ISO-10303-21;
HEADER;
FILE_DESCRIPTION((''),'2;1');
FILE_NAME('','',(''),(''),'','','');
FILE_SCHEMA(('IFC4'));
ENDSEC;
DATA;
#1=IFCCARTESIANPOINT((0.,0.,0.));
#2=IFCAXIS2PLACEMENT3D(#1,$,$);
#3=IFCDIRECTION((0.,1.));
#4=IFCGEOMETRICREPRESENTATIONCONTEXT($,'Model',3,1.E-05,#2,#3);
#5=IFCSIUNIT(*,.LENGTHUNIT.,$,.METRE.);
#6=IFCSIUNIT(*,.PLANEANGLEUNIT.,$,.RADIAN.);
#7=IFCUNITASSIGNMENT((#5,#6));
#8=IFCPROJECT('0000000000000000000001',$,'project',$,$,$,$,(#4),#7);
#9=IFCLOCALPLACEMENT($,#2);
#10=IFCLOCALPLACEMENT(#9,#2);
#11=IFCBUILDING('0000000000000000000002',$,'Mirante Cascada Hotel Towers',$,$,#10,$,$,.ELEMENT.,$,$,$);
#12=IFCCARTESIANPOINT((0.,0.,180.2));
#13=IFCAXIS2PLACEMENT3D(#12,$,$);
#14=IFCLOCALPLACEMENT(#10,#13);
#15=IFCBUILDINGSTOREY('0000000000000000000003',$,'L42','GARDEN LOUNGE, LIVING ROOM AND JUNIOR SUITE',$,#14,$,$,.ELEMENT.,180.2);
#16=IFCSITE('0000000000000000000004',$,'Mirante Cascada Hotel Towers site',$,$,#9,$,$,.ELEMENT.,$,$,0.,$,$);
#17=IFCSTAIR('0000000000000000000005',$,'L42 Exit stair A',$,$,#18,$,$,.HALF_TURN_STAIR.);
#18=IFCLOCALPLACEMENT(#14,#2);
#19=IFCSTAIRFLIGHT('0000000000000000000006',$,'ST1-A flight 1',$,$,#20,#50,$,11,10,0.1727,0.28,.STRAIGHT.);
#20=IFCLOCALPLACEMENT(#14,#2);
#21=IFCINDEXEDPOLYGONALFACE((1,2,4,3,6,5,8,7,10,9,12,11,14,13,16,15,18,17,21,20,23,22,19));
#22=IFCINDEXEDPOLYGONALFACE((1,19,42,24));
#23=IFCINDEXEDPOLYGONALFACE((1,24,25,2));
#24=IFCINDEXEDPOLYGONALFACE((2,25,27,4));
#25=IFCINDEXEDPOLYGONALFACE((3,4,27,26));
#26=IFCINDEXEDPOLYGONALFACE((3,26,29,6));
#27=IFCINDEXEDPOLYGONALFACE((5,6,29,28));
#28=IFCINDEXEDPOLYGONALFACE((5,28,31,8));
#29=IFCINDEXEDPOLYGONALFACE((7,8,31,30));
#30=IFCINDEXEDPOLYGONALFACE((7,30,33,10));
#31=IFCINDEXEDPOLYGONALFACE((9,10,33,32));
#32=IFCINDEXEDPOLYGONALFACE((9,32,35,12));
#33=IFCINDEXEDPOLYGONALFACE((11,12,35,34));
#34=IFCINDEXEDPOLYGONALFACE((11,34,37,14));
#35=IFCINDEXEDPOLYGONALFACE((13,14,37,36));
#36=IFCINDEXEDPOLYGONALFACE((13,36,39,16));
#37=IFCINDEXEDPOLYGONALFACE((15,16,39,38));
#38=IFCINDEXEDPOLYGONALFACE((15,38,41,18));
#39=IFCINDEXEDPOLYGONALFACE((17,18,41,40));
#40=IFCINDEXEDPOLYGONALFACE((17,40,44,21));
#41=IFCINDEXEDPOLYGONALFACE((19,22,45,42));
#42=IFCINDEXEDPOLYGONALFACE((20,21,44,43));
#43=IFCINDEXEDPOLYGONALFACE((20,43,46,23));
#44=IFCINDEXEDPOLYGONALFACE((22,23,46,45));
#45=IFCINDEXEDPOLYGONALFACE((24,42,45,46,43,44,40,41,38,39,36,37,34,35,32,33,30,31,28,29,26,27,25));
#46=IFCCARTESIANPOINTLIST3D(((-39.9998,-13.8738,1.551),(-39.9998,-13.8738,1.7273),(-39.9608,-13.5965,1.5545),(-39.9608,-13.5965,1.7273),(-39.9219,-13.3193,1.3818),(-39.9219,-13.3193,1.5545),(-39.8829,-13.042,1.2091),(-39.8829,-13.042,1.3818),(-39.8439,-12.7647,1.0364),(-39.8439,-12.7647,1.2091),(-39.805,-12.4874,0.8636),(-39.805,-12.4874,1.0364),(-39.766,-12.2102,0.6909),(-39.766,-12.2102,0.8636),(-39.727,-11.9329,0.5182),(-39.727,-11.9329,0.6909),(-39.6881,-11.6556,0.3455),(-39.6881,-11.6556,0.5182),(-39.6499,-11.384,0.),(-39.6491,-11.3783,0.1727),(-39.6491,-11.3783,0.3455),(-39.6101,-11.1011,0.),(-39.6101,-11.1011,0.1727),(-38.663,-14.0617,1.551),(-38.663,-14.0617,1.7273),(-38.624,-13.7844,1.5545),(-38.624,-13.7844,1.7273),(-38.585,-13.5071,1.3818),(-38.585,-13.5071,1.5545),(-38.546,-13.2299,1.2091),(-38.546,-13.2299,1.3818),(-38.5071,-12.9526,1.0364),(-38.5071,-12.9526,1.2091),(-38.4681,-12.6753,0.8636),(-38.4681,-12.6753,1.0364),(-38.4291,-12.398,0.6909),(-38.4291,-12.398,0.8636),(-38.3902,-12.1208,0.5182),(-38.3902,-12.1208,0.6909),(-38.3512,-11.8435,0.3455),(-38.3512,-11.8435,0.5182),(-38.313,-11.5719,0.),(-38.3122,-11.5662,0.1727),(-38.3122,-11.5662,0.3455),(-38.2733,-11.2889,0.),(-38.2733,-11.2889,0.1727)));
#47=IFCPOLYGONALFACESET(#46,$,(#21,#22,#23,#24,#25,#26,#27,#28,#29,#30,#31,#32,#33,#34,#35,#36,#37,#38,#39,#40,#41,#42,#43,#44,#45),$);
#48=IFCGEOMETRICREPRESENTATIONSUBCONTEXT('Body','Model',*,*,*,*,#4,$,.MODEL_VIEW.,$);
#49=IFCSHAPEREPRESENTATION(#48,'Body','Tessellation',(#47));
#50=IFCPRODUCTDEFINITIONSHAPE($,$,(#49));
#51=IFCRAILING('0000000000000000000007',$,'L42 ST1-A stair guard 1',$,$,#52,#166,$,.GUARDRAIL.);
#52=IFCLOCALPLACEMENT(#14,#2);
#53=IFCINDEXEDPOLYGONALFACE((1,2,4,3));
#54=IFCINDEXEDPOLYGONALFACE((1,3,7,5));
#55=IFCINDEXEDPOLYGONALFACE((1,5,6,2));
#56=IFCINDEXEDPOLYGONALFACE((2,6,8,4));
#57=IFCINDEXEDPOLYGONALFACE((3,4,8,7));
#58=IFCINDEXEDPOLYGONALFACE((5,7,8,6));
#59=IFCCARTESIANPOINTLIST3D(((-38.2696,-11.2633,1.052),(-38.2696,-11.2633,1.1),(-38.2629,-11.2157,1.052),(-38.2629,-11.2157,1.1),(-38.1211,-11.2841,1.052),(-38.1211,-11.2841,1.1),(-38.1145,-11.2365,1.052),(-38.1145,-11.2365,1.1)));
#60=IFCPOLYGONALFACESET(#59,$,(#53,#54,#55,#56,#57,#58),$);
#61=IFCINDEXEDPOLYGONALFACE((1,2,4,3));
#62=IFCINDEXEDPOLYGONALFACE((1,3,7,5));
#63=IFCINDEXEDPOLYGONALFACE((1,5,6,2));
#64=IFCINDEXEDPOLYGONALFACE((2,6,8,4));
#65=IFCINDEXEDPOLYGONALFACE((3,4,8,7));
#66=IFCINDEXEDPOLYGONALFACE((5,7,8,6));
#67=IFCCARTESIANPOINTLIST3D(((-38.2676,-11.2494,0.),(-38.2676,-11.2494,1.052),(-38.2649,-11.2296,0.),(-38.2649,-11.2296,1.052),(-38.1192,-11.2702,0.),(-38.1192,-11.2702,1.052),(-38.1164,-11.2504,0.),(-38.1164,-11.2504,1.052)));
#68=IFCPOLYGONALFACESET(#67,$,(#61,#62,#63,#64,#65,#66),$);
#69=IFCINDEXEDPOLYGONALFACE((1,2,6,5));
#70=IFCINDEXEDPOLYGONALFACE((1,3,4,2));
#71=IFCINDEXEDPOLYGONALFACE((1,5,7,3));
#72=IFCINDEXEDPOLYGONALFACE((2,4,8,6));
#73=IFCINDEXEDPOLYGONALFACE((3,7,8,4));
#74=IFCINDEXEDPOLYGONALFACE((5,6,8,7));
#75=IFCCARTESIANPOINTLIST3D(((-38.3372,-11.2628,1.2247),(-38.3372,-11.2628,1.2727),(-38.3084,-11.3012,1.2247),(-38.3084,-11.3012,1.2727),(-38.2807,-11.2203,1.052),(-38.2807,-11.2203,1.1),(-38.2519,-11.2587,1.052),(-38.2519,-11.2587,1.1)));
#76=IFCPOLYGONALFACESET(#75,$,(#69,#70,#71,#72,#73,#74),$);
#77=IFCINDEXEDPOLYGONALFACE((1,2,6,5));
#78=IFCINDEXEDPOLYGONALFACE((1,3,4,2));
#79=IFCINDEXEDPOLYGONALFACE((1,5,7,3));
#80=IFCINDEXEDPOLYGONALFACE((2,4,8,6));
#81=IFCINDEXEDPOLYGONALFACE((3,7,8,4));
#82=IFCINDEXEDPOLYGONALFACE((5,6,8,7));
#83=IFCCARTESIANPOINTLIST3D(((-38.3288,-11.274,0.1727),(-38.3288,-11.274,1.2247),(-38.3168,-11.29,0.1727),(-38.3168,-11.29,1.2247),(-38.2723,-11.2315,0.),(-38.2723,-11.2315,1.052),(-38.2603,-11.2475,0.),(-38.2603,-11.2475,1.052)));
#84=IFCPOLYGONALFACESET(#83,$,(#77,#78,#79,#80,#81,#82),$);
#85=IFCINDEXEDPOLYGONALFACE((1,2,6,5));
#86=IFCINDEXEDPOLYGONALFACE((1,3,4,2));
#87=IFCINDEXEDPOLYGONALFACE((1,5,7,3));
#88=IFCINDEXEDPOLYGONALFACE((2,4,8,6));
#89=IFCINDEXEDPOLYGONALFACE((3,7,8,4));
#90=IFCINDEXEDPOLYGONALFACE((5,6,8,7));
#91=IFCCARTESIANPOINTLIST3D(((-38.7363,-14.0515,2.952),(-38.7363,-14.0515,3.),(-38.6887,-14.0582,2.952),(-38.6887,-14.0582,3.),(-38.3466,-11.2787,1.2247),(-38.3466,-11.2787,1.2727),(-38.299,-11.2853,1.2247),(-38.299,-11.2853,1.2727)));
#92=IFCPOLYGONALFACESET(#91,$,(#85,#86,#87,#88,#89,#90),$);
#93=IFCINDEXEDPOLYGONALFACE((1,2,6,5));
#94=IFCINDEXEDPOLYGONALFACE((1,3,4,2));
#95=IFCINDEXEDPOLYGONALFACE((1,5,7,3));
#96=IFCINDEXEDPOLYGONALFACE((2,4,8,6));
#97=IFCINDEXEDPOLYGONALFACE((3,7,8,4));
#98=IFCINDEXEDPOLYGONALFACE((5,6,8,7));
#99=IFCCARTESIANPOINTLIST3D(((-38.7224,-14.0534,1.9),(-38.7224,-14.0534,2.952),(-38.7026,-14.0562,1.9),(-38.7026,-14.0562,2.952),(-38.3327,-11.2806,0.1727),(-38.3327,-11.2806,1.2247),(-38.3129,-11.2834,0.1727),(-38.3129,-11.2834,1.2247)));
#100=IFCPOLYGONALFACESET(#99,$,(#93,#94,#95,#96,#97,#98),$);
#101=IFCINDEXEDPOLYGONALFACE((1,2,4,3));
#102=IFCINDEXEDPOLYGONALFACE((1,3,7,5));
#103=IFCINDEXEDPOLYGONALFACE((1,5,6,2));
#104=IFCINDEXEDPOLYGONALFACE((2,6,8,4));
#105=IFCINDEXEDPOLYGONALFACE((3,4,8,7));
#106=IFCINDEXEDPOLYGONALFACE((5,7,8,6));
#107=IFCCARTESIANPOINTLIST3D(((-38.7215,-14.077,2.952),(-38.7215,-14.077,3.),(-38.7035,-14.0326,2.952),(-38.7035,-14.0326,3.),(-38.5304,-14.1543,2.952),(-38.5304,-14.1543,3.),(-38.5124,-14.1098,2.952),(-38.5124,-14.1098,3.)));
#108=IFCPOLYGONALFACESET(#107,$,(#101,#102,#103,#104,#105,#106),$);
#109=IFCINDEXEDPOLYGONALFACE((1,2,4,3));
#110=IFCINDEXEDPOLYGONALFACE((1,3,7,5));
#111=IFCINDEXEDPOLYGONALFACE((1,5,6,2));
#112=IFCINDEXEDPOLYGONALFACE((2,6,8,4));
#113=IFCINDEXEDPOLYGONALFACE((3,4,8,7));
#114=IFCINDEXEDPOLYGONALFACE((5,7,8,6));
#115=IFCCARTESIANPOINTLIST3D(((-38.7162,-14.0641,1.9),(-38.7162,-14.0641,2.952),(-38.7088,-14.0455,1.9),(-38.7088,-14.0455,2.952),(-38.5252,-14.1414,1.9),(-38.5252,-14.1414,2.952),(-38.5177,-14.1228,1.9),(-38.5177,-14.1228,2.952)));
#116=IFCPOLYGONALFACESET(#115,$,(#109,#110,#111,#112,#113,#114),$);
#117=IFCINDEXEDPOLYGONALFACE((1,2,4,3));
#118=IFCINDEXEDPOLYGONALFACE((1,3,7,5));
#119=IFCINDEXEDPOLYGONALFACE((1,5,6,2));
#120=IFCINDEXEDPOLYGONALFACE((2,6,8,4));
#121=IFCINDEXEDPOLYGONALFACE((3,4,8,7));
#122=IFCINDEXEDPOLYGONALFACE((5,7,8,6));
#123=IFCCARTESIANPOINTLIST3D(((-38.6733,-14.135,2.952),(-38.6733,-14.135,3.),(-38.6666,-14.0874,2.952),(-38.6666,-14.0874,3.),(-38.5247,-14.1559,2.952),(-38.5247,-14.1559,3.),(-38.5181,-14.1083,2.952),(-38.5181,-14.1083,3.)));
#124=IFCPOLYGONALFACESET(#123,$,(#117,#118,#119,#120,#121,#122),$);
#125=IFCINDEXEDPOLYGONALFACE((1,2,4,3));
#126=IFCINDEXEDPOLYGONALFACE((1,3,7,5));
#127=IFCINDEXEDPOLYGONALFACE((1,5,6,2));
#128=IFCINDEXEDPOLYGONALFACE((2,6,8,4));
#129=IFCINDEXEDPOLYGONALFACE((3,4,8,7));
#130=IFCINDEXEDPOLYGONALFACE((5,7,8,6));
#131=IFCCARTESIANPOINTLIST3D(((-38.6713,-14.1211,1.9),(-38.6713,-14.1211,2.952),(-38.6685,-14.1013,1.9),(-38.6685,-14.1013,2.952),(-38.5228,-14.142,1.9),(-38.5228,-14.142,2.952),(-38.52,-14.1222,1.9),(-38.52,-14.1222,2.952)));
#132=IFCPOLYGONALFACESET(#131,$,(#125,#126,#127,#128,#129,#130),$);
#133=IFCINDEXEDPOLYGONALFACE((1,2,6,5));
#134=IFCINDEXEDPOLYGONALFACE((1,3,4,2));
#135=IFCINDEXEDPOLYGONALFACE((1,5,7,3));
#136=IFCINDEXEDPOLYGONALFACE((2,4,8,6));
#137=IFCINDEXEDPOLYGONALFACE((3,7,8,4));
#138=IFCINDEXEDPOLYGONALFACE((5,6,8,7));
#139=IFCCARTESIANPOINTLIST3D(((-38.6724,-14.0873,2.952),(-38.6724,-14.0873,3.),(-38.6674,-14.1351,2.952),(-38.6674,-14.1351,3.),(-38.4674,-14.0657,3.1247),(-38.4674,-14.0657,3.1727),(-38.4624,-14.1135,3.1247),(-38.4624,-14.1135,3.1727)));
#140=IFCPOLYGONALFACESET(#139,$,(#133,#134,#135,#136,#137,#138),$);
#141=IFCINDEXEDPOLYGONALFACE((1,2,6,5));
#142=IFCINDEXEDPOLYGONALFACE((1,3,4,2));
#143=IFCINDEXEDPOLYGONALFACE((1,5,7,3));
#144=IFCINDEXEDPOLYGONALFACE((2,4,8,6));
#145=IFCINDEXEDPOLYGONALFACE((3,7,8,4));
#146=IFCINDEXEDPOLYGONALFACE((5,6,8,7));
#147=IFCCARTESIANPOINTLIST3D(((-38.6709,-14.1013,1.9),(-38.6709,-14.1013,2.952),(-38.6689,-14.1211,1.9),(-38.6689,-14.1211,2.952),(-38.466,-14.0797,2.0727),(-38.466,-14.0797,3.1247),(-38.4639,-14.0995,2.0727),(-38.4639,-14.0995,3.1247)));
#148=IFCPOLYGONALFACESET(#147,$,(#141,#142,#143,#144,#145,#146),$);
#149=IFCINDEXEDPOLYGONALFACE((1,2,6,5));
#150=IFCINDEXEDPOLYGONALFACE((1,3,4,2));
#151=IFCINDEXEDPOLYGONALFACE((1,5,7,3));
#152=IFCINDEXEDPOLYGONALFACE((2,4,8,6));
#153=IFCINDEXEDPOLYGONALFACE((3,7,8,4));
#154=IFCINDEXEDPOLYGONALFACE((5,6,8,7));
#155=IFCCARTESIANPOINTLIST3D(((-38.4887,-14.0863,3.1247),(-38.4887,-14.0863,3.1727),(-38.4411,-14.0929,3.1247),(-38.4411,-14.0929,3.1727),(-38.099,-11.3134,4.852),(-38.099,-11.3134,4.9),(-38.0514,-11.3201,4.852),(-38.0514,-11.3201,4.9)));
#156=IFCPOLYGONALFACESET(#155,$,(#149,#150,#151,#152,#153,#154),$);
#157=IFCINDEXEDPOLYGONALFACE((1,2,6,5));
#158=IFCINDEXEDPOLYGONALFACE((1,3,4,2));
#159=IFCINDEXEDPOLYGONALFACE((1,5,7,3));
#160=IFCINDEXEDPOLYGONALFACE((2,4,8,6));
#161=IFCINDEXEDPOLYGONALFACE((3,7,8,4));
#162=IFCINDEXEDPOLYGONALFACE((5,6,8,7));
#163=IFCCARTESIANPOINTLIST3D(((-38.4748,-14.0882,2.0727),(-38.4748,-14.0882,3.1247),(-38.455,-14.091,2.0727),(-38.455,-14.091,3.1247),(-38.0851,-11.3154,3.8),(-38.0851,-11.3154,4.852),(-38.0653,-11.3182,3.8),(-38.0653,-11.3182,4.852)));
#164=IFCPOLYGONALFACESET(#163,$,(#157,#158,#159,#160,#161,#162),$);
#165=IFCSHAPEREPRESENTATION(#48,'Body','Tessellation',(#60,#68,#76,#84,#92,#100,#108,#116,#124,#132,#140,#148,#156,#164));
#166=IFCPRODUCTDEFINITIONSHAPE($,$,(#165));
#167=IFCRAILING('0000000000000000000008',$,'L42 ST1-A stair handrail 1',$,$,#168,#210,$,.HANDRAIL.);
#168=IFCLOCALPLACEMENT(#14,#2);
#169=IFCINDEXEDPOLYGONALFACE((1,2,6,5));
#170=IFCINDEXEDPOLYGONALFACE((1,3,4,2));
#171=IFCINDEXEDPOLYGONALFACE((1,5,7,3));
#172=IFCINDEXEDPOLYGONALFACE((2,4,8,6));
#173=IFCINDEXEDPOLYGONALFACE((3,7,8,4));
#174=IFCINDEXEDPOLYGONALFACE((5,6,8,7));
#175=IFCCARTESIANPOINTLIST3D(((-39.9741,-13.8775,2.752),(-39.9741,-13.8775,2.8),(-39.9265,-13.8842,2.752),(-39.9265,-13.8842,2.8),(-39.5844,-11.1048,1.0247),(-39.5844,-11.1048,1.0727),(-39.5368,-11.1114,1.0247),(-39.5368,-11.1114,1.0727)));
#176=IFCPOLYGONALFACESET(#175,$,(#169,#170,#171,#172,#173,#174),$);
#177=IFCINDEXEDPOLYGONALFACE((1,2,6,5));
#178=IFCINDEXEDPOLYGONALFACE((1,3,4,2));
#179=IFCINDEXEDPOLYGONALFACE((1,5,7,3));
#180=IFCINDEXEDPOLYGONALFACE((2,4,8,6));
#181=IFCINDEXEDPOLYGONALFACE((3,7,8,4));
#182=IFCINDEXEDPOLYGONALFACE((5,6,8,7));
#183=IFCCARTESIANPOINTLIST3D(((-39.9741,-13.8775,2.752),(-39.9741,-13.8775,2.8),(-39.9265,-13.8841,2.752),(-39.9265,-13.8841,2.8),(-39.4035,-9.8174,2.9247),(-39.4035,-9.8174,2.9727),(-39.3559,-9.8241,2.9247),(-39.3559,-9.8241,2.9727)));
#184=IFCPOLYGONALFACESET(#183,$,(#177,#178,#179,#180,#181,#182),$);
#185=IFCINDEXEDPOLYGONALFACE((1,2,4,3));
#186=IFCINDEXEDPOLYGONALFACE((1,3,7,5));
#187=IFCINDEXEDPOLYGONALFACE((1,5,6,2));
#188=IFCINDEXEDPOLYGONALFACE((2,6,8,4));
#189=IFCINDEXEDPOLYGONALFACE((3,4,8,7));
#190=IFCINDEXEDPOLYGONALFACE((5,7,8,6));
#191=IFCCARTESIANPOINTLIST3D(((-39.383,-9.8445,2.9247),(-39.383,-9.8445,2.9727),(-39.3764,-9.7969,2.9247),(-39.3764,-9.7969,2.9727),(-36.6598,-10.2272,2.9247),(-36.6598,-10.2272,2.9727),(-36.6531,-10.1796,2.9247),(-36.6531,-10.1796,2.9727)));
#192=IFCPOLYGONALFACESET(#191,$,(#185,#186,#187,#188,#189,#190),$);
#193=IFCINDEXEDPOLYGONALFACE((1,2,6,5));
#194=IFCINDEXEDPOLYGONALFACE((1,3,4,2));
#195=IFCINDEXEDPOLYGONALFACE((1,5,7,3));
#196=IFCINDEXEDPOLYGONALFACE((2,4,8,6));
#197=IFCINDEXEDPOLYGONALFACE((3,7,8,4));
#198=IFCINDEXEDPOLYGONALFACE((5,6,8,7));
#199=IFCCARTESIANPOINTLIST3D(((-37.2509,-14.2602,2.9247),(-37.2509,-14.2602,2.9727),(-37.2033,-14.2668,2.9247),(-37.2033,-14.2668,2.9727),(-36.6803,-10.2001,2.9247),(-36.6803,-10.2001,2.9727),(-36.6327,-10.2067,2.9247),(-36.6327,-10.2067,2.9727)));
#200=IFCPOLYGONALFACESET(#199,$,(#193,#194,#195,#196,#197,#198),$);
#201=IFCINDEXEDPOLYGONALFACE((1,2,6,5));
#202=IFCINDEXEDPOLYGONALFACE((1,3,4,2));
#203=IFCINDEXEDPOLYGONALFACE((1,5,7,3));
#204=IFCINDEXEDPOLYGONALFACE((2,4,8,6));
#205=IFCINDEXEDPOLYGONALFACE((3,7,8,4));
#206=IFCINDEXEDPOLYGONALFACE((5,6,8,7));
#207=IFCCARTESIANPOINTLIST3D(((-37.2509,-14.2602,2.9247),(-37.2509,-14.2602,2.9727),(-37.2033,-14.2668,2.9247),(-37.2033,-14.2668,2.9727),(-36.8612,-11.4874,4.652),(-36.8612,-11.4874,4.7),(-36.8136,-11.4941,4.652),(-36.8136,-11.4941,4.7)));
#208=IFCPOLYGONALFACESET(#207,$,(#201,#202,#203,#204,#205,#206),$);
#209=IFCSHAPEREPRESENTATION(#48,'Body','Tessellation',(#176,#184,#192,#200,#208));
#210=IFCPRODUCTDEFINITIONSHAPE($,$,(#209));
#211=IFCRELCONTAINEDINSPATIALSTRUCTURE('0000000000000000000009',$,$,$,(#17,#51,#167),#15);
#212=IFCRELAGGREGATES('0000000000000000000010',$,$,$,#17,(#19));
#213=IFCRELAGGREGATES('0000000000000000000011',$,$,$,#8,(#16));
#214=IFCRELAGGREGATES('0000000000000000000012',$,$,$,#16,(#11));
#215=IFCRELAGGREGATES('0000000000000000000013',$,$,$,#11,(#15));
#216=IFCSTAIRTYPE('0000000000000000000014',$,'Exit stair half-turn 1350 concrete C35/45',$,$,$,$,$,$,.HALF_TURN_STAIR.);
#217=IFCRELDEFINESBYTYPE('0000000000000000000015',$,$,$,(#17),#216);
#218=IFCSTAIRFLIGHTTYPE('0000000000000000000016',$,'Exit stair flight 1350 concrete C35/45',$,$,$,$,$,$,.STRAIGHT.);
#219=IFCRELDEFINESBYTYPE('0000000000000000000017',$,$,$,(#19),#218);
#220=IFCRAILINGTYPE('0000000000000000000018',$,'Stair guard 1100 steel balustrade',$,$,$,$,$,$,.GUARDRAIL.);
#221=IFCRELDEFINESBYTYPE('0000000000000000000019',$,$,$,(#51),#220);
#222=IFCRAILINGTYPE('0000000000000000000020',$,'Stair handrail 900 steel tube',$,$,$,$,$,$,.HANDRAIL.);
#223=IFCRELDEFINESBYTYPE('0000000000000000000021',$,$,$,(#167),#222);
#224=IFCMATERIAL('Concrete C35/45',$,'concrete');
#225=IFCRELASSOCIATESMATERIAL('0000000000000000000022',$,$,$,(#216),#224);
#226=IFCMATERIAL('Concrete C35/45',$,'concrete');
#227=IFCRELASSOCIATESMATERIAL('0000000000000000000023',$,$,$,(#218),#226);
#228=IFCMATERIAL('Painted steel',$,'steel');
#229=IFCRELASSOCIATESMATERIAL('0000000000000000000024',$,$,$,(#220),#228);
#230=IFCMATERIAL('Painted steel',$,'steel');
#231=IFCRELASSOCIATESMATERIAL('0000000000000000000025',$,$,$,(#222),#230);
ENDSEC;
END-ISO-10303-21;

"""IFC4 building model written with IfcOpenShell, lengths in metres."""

from ifc_helpers import new_model, si_unit, direction, frame, origin, origin_2d, place, context, subcontext, project, spatial, polyline, rectangle, outline, extrude, material, type_object, element, aggregate, save


model = new_model("IFC4")

# Units and contexts
model_context = context("Model", 3, precision=1e-05, world=origin(), true_north=direction((0.0, 1.0)))
body_context = subcontext(model_context, "Body", "Model", "MODEL_VIEW")
ifc_project = project(units=[si_unit("LENGTHUNIT", "METRE"), si_unit("PLANEANGLEUNIT", "RADIAN")], contexts=[model_context])

# Site, building, storey
site_placement = place(None, origin())
site = spatial("IfcSite", under=ifc_project, at=site_placement, Name="Mirante Cascada Hotel Towers site", CompositionType="ELEMENT", RefElevation=0.0)
building_placement = place(site_placement, origin())
building = spatial("IfcBuilding", under=site, at=building_placement, Name="Mirante Cascada Hotel Towers", CompositionType="ELEMENT")
storey_placement = place(building_placement, frame((0.0, 0.0, 180.2)))
storey = spatial("IfcBuildingStorey", under=building, at=storey_placement, Name="L42", Description="GARDEN LOUNGE, LIVING ROOM AND JUNIOR SUITE", CompositionType="ELEMENT", Elevation=180.2)

# Stair, stair flight
ifc_material_1 = material(Name="Concrete C35/45", Category="concrete")
stair_type = type_object("IfcStairType", Name="Exit stair half-turn 1350 concrete C35/45", PredefinedType="HALF_TURN_STAIR", material=ifc_material_1)
stair_placement = place(storey_placement, origin())
stair = element("IfcStair", 1, at=stair_placement, inside=storey, type_object=stair_type, Name="L42 Exit stair A", PredefinedType="HALF_TURN_STAIR")
ifc_material_2 = material(Name="Concrete C35/45", Category="concrete")
stair_flight_type = type_object("IfcStairFlightType", Name="Exit stair flight 1350 concrete C35/45", PredefinedType="STRAIGHT", material=ifc_material_2)
stair_flight_placement = place(storey_placement, frame((-38.9417, -11.195, 0.0), z_axis=(0.0, 0.0, 1.0), x_axis=(-0.139173, -0.990268, 0.0)))
stair_flight = element("IfcStairFlight", 2, at=stair_flight_placement, type_object=stair_flight_type, Name="ST1-A flight 1", NumberOfRisers=11, NumberOfTreads=10, PredefinedType="STRAIGHT", RiserHeight=0.1727, TreadLength=0.28, context=body_context, shape_type="SweptSolid", body=[
    extrude(outline(polyline([(0.0, 0.0), (0.0, 0.1727), (0.28, 0.1727), (0.28, 0.3455), (0.56, 0.3455), (0.56, 0.5182), (0.84, 0.5182), (0.84, 0.6909), (1.12, 0.6909), (1.12, 0.8636), (1.4, 0.8636), (1.4, 1.0364), (1.68, 1.0364), (1.68, 1.2091), (1.96, 1.2091), (1.96, 1.3818), (2.24, 1.3818), (2.24, 1.5545), (2.52, 1.5545), (2.52, 1.7273), (2.8, 1.7273), (2.8, 1.9), (2.8, 1.551), (0.2857, 0.0), (0.0, 0.0)])), frame((0.0, 0.675, 0.0), z_axis=(0.0, -1.0, 0.0), x_axis=(1.0, 0.0, 0.0)), (0.0, 0.0, 1.0), 1.35),
])
aggregate(stair, [stair_flight])

# Railings
ifc_material_3 = material(Name="Painted steel", Category="steel")
railing_type_1 = type_object("IfcRailingType", Name="Stair guard 1100 steel balustrade", PredefinedType="GUARDRAIL", material=ifc_material_3)
railing_1_placement = place(storey_placement, frame((-38.1178, -11.2603, 0.0)))
element("IfcRailing", 3, at=railing_1_placement, inside=storey, type_object=railing_type_1, Name="L42 ST1-A stair guard 1", PredefinedType="GUARDRAIL", context=body_context, shape_type="SweptSolid", body=[
    extrude(rectangle(XDim=0.048, YDim=0.048, at=origin_2d()), frame((0.0, 0.0, 1.076), z_axis=(-0.990333, 0.138713, 0.0), x_axis=(-0.138713, -0.990333, 0.0)), (0.0, 0.0, 1.0), 0.1499),
    extrude(rectangle(XDim=0.02, YDim=1.052, at=origin_2d()), frame((0.0, 0.0, 0.526), z_axis=(-0.990333, 0.138713, 0.0), x_axis=(-0.138713, -0.990333, 0.0)), (0.0, 0.0, 1.0), 0.1499),
    extrude(rectangle(XDim=0.048, YDim=0.048, at=origin_2d()), frame((-0.1485, 0.0208, 1.076), z_axis=(-0.79915, -0.601131, 0.0), x_axis=(0.601131, -0.79915, 0.0)), (0.0, 0.925453, 0.378863), 0.1866),
    extrude(rectangle(XDim=0.02, YDim=1.052, at=origin_2d()), frame((-0.1485, 0.0208, 0.526), z_axis=(-0.79915, -0.601131, 0.0), x_axis=(0.601131, -0.79915, 0.0)), (0.0, 0.925453, 0.378863), 0.1866),
    extrude(rectangle(XDim=0.048, YDim=0.048, at=origin_2d()), frame((-0.205, -0.0217, 1.2487), z_axis=(-0.139176, -0.990268, 0.0), x_axis=(0.990268, -0.139176, 0.0)), (0.0, 0.525021, 0.851089), 3.29),
    extrude(rectangle(XDim=0.02, YDim=1.052, at=origin_2d()), frame((-0.205, -0.0217, 0.6987), z_axis=(-0.139176, -0.990268, 0.0), x_axis=(0.990268, -0.139176, 0.0)), (0.0, 0.525021, 0.851089), 3.29),
    extrude(rectangle(XDim=0.048, YDim=0.048, at=origin_2d()), frame((-0.5947, -2.7945, 2.976), z_axis=(0.927031, -0.374984, 0.0), x_axis=(0.374984, 0.927031, 0.0)), (0.0, 0.0, 1.0), 0.2061),
    extrude(rectangle(XDim=0.02, YDim=1.052, at=origin_2d()), frame((-0.5947, -2.7945, 2.426), z_axis=(0.927031, -0.374984, 0.0), x_axis=(0.374984, 0.927031, 0.0)), (0.0, 0.0, 1.0), 0.2061),
    extrude(rectangle(XDim=0.048, YDim=0.048, at=origin_2d()), frame((-0.4036, -2.8718, 2.976), z_axis=(-0.990241, 0.139367, 0.0), x_axis=(-0.139367, -0.990241, 0.0)), (0.0, 0.0, 1.0), 0.15),
    extrude(rectangle(XDim=0.02, YDim=1.052, at=origin_2d()), frame((-0.4036, -2.8718, 2.426), z_axis=(-0.990241, 0.139367, 0.0), x_axis=(-0.139367, -0.990241, 0.0)), (0.0, 0.0, 1.0), 0.15),
    extrude(rectangle(XDim=0.048, YDim=0.048, at=origin_2d()), frame((-0.5521, -2.8509, 2.976), z_axis=(0.994495, 0.104786, 0.0), x_axis=(-0.104786, 0.994495, 0.0)), (0.0, 0.642203, 0.766534), 0.2689),
    extrude(rectangle(XDim=0.02, YDim=1.052, at=origin_2d()), frame((-0.5521, -2.8509, 2.426), z_axis=(0.994495, 0.104786, 0.0), x_axis=(-0.104786, 0.994495, 0.0)), (0.0, 0.642203, 0.766534), 0.2689),
    extrude(rectangle(XDim=0.048, YDim=0.048, at=origin_2d()), frame((-0.3471, -2.8293, 3.1487), z_axis=(0.139176, 0.990268, 0.0), x_axis=(-0.990268, 0.139176, 0.0)), (0.0, 0.525021, 0.851089), 3.29),
    extrude(rectangle(XDim=0.02, YDim=1.052, at=origin_2d()), frame((-0.3471, -2.8293, 2.5987), z_axis=(0.139176, 0.990268, 0.0), x_axis=(-0.990268, 0.139176, 0.0)), (0.0, 0.525021, 0.851089), 3.29),
])
ifc_material_4 = material(Name="Painted steel", Category="steel")
railing_type_2 = type_object("IfcRailingType", Name="Stair handrail 900 steel tube", PredefinedType="HANDRAIL", material=ifc_material_4)
railing_2_placement = place(storey_placement, frame((-39.5606, -11.1081, 0.1727)))
element("IfcRailing", 4, at=railing_2_placement, inside=storey, type_object=railing_type_2, Name="L42 ST1-A stair handrail 1", PredefinedType="HANDRAIL", context=body_context, shape_type="SweptSolid", body=[
    extrude(rectangle(XDim=0.048, YDim=0.048, at=origin_2d()), frame((0.0, 0.0, 0.876), z_axis=(-0.139181, -0.990267, 0.0), x_axis=(0.990267, -0.139181, 0.0)), (0.0, 0.525035, 0.851081), 3.2899),
    extrude(rectangle(XDim=0.048, YDim=0.048, at=origin_2d()), frame((-0.3897, -2.7727, 2.6033), z_axis=(0.139171, 0.990268, 0.0), x_axis=(-0.990268, 0.139171, 0.0)), (0.0, 0.042085, 0.999114), 4.1036),
    extrude(rectangle(XDim=0.048, YDim=0.048, at=origin_2d()), frame((0.1809, 1.2874, 2.776), z_axis=(0.990269, -0.139166, 0.0), x_axis=(0.139166, 0.990269, 0.0)), (0.0, 0.0, 1.0), 2.75),
    extrude(rectangle(XDim=0.048, YDim=0.048, at=origin_2d()), frame((2.9041, 0.9047, 2.776), z_axis=(-0.139171, -0.990268, 0.0), x_axis=(0.990268, -0.139171, 0.0)), (0.0, 0.0, 1.0), 4.1),
    extrude(rectangle(XDim=0.048, YDim=0.048, at=origin_2d()), frame((2.3335, -3.1554, 2.776), z_axis=(0.139181, 0.990267, 0.0), x_axis=(-0.990267, 0.139181, 0.0)), (0.0, 0.525035, 0.851081), 3.2899),
])

save(model, "model.ifc")
